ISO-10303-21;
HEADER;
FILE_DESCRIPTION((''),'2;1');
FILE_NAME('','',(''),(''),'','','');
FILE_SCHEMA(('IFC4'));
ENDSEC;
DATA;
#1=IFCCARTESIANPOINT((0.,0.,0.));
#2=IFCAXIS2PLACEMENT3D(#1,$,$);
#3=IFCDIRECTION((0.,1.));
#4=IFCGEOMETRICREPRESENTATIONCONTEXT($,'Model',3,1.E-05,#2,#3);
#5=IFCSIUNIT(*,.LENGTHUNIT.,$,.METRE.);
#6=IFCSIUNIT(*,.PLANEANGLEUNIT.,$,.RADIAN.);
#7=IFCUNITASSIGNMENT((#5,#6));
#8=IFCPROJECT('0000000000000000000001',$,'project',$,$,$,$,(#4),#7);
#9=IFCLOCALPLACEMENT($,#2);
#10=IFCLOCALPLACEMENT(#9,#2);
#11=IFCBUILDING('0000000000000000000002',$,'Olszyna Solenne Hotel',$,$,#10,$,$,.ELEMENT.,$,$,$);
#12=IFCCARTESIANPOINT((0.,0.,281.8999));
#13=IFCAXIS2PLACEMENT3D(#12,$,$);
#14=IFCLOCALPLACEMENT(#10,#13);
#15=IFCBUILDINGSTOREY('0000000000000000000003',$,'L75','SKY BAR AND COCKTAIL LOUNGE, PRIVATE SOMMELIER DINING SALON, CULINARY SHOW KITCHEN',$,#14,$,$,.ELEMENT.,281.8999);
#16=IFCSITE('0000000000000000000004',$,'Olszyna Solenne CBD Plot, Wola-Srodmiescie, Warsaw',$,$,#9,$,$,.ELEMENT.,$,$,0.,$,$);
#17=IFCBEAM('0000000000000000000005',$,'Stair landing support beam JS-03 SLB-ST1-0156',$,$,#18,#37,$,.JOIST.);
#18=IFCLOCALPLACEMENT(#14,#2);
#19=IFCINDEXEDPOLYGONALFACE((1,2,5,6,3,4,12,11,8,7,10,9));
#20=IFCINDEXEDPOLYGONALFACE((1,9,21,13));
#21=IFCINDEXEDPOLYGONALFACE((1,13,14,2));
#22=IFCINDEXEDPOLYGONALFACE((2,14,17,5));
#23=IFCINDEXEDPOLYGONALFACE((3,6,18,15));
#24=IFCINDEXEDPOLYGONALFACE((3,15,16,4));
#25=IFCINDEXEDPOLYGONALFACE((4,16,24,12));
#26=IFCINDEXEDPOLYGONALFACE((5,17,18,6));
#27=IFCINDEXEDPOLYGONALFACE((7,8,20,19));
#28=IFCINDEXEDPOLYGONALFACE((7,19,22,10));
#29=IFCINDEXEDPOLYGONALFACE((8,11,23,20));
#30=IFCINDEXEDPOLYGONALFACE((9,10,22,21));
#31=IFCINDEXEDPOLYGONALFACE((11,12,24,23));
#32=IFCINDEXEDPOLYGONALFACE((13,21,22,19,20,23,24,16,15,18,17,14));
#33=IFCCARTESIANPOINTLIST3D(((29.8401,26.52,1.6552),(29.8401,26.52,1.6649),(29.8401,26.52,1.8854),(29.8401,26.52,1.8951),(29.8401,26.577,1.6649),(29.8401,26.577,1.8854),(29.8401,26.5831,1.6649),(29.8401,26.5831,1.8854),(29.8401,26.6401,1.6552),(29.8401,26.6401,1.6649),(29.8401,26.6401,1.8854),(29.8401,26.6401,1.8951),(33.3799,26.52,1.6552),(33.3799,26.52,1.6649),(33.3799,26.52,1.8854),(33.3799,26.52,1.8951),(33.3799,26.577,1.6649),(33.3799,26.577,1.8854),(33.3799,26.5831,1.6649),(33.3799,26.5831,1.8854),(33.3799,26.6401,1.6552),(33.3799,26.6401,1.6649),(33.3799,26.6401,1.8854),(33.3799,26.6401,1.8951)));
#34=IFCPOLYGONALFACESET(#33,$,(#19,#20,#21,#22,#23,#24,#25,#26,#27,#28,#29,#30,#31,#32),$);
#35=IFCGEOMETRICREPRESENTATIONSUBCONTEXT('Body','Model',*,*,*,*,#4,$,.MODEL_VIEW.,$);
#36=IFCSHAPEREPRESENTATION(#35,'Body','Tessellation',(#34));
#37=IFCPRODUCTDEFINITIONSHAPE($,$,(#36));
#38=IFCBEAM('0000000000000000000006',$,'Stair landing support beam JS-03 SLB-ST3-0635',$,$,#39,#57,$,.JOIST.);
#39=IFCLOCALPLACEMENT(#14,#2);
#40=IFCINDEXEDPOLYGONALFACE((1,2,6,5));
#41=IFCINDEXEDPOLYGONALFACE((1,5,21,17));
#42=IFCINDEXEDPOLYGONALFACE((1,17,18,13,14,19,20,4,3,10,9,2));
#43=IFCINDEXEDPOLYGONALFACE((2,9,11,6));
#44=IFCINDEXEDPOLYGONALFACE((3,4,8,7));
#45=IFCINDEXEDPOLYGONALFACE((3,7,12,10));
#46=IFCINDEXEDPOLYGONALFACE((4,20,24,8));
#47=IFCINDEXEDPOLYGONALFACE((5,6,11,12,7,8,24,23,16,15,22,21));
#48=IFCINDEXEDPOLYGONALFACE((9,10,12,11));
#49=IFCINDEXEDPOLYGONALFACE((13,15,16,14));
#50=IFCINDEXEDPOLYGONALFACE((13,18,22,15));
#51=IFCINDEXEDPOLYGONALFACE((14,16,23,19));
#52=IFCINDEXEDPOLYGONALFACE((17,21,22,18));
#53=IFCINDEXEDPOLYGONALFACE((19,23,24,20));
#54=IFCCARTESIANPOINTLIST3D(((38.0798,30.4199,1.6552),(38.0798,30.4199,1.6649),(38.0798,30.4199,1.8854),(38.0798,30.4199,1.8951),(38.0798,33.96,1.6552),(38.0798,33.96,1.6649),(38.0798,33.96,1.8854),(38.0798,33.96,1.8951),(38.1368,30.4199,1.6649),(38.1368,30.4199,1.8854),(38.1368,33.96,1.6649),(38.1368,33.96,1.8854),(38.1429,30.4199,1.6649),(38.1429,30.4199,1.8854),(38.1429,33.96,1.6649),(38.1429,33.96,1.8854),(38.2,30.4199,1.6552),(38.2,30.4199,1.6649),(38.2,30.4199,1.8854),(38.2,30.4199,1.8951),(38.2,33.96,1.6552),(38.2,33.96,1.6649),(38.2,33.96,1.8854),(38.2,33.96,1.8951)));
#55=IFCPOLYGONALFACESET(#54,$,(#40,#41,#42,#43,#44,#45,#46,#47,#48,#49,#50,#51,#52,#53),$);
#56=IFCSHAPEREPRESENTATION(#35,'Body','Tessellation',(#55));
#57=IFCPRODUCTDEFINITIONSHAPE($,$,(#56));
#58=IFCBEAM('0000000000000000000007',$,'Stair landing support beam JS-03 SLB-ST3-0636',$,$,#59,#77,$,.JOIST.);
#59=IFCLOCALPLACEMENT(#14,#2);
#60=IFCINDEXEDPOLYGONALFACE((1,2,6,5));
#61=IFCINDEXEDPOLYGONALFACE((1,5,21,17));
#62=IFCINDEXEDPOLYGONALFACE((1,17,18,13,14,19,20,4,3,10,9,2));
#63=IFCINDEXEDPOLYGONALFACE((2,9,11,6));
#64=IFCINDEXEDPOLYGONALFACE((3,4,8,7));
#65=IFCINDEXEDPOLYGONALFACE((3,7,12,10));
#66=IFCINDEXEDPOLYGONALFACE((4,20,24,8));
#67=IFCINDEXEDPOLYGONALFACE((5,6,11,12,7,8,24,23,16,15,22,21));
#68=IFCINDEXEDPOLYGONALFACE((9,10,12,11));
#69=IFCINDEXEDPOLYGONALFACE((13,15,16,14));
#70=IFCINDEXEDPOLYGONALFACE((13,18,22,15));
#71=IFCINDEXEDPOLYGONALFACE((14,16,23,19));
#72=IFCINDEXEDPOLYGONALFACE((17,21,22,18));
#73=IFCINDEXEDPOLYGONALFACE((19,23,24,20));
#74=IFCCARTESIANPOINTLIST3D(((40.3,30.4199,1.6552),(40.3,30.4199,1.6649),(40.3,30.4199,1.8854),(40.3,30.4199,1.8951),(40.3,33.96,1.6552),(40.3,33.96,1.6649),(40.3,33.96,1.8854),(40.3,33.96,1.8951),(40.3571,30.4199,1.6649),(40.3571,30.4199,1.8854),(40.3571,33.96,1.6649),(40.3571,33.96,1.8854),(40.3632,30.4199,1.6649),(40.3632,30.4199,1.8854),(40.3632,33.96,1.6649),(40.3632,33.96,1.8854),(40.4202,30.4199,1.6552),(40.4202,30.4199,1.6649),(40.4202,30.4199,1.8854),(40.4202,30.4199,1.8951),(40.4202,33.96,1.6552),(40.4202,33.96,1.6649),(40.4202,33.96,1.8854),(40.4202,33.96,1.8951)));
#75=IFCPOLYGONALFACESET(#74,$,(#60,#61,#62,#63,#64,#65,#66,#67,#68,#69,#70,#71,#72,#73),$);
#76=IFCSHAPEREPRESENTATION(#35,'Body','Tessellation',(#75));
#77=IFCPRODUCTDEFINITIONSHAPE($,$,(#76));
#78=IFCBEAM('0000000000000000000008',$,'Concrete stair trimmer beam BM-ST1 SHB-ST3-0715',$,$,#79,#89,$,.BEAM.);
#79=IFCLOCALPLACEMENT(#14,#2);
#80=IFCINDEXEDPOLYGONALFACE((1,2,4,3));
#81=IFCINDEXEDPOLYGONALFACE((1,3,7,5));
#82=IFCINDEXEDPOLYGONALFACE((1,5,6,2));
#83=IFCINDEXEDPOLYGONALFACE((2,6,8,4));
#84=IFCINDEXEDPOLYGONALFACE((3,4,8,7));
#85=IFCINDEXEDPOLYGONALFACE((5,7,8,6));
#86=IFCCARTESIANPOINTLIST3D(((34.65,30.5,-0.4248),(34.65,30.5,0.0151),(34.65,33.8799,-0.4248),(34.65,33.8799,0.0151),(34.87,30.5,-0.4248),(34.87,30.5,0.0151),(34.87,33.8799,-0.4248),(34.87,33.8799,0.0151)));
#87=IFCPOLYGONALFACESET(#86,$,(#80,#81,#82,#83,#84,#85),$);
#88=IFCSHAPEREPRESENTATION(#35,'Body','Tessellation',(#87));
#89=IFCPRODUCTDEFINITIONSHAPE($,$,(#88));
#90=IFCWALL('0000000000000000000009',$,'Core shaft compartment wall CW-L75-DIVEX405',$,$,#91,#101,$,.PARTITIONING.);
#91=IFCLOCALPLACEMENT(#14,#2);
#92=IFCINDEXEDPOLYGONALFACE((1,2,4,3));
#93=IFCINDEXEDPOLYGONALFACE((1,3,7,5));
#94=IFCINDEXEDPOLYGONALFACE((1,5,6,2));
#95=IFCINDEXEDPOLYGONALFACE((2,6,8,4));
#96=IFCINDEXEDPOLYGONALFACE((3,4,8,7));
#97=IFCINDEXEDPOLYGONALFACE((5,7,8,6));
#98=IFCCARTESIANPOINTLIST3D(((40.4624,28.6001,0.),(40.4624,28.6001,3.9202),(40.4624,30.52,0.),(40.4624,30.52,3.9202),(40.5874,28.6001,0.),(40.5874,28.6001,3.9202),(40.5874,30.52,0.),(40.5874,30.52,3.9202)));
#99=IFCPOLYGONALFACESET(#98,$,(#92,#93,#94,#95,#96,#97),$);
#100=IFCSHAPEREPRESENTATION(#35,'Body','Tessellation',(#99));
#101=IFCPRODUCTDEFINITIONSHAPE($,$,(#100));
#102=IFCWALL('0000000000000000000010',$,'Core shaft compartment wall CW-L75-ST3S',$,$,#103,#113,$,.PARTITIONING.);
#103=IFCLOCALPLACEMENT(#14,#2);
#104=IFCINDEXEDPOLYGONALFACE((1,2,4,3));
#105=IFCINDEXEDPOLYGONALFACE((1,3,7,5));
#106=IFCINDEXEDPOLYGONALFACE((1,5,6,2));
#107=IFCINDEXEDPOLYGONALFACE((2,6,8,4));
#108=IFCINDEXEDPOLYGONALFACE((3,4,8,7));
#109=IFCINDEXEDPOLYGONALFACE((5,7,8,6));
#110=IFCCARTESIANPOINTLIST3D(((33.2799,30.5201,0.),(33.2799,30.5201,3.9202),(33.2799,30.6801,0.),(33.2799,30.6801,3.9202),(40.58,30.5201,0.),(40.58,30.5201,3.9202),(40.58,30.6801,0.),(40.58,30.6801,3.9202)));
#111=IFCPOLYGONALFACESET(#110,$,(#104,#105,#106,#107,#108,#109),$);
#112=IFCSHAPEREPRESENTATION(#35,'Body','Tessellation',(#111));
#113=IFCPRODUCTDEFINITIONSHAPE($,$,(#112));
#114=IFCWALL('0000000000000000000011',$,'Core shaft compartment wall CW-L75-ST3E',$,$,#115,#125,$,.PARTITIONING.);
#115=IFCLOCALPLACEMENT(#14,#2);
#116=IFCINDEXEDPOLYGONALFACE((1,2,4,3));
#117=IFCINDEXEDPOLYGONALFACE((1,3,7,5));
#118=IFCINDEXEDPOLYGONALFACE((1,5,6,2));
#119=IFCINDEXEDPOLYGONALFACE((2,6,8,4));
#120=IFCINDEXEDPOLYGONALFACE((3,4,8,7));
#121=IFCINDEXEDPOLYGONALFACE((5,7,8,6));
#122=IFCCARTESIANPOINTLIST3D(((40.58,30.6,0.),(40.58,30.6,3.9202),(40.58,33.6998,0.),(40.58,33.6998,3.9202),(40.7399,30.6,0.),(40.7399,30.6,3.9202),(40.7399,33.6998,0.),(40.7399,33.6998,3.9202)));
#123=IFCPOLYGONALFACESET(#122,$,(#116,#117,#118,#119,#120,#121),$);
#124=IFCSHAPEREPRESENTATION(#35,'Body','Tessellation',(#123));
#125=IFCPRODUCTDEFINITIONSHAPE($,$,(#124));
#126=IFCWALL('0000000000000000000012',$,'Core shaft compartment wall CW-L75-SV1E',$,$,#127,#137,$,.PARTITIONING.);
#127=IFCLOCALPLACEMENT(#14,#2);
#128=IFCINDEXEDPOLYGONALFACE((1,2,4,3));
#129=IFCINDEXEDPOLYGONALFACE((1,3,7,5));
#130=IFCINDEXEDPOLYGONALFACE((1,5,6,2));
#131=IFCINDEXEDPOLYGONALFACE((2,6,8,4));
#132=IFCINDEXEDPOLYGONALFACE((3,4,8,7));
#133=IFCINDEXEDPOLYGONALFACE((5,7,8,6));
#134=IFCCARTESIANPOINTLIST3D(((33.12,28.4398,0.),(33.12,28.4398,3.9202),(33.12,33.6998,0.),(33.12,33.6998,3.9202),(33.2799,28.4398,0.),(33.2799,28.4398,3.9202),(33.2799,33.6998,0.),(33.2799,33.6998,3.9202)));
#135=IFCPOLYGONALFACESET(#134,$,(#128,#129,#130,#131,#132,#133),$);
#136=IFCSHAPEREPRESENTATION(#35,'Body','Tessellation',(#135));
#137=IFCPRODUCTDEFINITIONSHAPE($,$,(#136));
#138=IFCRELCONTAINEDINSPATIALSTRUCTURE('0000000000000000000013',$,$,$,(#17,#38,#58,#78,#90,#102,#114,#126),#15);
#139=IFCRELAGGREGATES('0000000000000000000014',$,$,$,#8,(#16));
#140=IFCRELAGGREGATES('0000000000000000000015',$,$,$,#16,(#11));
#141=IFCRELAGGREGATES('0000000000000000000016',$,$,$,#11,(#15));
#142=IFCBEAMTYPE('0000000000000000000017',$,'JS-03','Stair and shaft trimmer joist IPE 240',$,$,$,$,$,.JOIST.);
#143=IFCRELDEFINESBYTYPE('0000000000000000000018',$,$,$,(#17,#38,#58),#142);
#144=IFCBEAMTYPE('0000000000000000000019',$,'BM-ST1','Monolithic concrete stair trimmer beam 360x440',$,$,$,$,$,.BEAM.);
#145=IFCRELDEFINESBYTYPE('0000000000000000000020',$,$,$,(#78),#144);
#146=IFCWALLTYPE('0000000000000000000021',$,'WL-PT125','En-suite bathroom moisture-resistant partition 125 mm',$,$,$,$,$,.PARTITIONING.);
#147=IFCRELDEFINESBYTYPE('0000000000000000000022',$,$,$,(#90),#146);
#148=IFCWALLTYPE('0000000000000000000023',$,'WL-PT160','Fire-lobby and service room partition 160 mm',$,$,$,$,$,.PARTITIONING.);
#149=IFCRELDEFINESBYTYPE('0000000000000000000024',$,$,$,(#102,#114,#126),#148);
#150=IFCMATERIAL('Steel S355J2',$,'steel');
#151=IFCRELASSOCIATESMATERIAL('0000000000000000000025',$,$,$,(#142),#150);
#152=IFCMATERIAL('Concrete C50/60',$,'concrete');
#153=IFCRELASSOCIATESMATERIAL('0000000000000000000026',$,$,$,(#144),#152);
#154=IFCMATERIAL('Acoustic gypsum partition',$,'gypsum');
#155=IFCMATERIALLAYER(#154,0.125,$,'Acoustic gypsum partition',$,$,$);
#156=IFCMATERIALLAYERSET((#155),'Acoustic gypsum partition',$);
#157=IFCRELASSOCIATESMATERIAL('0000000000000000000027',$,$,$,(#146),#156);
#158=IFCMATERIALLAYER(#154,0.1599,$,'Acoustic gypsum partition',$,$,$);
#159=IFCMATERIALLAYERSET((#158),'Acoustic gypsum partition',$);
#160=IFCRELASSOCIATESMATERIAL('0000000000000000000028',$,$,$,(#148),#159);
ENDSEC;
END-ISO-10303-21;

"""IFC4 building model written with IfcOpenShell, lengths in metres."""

from ifc_helpers import new_model, si_unit, direction, frame, frame_2d, origin, origin_2d, place, context, subcontext, project, spatial, rectangle, i_section, extrude, source, transform, mapped, material, layer, layer_set, material_profile, profile_set, type_object, element, save


model = new_model("IFC4")

# Units and contexts
model_context = context("Model", 3, precision=1e-05, world=origin(), true_north=direction((0.0, 1.0)))
body_context = subcontext(model_context, "Body", "Model", "MODEL_VIEW")
ifc_project = project(units=[si_unit("LENGTHUNIT", "METRE"), si_unit("PLANEANGLEUNIT", "RADIAN")], contexts=[model_context])

# Site, building, storey
site_placement = place(None, origin())
site = spatial("IfcSite", under=ifc_project, at=site_placement, Name="Olszyna Solenne CBD Plot, Wola-Srodmiescie, Warsaw", CompositionType="ELEMENT", RefElevation=0.0)
building_placement = place(site_placement, origin())
building = spatial("IfcBuilding", under=site, at=building_placement, Name="Olszyna Solenne Hotel", CompositionType="ELEMENT")
storey_placement = place(building_placement, frame((0.0, 0.0, 281.8999)))
storey = spatial("IfcBuildingStorey", under=building, at=storey_placement, Name="L75", Description="SKY BAR AND COCKTAIL LOUNGE, PRIVATE SOMMELIER DINING SALON, CULINARY SHOW KITCHEN", CompositionType="ELEMENT", Elevation=281.8999)

# Beams
ifc_material_1 = material(Name="Steel S355J2", Category="steel")
ifc_material_profile_1 = material_profile(ifc_material_1, i_section(OverallWidth=0.1201, OverallDepth=0.24, WebThickness=0.0061, FlangeThickness=0.0098, at=origin_2d()), Name="IPE 240", Category="load-bearing")
ifc_profile_set_1 = profile_set([ifc_material_profile_1], Name="Steel S355J2")
beam_type_1 = type_object("IfcBeamType", Name="JS-03", Description="Stair and shaft trimmer joist IPE 240", PredefinedType="JOIST", material=ifc_profile_set_1)
shared_shape_1 = source(origin(), body_context, "Body", "SweptSolid", [
    extrude(i_section(OverallWidth=0.1201, OverallDepth=0.24, WebThickness=0.0061, FlangeThickness=0.0098, at=origin_2d()), origin(), (0.0, 0.0, 1.0), 3.5398),
])
beam_1_placement = place(storey_placement, frame((33.3799, 26.5801, 1.7751), z_axis=(-1.0, 0.0, 0.0), x_axis=(0.0, -1.0, 0.0)))
element("IfcBeam", 1, at=beam_1_placement, inside=storey, type_object=beam_type_1, Name="Stair landing support beam JS-03 SLB-ST1-0156", PredefinedType="JOIST", context=body_context, shape_type="MappedRepresentation", body=[
    mapped(shared_shape_1, transform((0.0, 0.0, 0.0), x_axis=(1.0, 0.0, 0.0), y_axis=(0.0, 1.0, 0.0), z_axis=(0.0, 0.0, 1.0), scale=1.0)),
])
shared_shape_2 = source(origin(), body_context, "Body", "SweptSolid", [
    extrude(i_section(OverallWidth=0.1201, OverallDepth=0.24, WebThickness=0.0061, FlangeThickness=0.0098, at=origin_2d()), origin(), (0.0, 0.0, 1.0), 3.54),
])
for number, where, z_axis, x_axis, name in (
    (2, (38.1399, 30.4199, 1.7751), (0.0, 1.0, 0.0), (-1.0, 0.0, 0.0), "Stair landing support beam JS-03 SLB-ST3-0635"),
    (3, (40.3601, 30.4199, 1.7751), (0.0, 1.0, 0.0), (-1.0, 0.0, 0.0), "Stair landing support beam JS-03 SLB-ST3-0636"),
):
    element("IfcBeam", number, at=place(storey_placement, frame(where, z_axis=z_axis, x_axis=x_axis)), inside=storey, type_object=beam_type_1, Name=name, PredefinedType="JOIST", context=body_context, shape_type="MappedRepresentation", body=[
        mapped(shared_shape_2, transform((0.0, 0.0, 0.0), x_axis=(1.0, 0.0, 0.0), y_axis=(0.0, 1.0, 0.0), z_axis=(0.0, 0.0, 1.0), scale=1.0)),
    ])
ifc_material_2 = material(Name="Concrete C50/60", Category="concrete")
ifc_material_profile_2 = material_profile(ifc_material_2, rectangle(XDim=0.22, YDim=0.4399, at=origin_2d()), Name="RC 220x440", Category="load-bearing")
ifc_profile_set_2 = profile_set([ifc_material_profile_2], Name="Concrete C50/60")
beam_type_2 = type_object("IfcBeamType", Name="BM-ST1", Description="Monolithic concrete stair trimmer beam 360x440", PredefinedType="BEAM", material=ifc_profile_set_2)
shared_shape_3 = source(origin(), body_context, "Body", "SweptSolid", [
    extrude(rectangle(XDim=0.22, YDim=0.4399, at=origin_2d()), origin(), (0.0, 0.0, 1.0), 3.3799),
])
beam_2_placement = place(storey_placement, frame((34.76, 30.5, -0.2048), z_axis=(0.0, 1.0, 0.0), x_axis=(-1.0, 0.0, 0.0)))
element("IfcBeam", 4, at=beam_2_placement, inside=storey, type_object=beam_type_2, Name="Concrete stair trimmer beam BM-ST1 SHB-ST3-0715", PredefinedType="BEAM", context=body_context, shape_type="MappedRepresentation", body=[
    mapped(shared_shape_3, transform((0.0, 0.0, 0.0), x_axis=(1.0, 0.0, 0.0), y_axis=(0.0, 1.0, 0.0), z_axis=(0.0, 0.0, 1.0), scale=1.0)),
])

# Walls
ifc_material_3 = material(Name="Acoustic gypsum partition", Category="gypsum")
ifc_layer_1 = layer(ifc_material_3, 0.125, Name="Acoustic gypsum partition")
ifc_layer_set_1 = layer_set([ifc_layer_1], Name="Acoustic gypsum partition")
wall_type_1 = type_object("IfcWallType", Name="WL-PT125", Description="En-suite bathroom moisture-resistant partition 125 mm", PredefinedType="PARTITIONING", material=ifc_layer_set_1)
wall_1_placement = place(storey_placement, frame((40.5249, 28.6001, 0.0), z_axis=(0.0, 0.0, 1.0), x_axis=(0.0, 1.0, 0.0)))
element("IfcWall", 5, at=wall_1_placement, inside=storey, type_object=wall_type_1, Name="Core shaft compartment wall CW-L75-DIVEX405", PredefinedType="PARTITIONING", context=body_context, shape_type="SweptSolid", body=[
    extrude(rectangle(XDim=1.9199, YDim=0.125, at=frame_2d((0.96, 0.0))), origin(), (0.0, 0.0, 1.0), 3.9202),
])
ifc_layer_2 = layer(ifc_material_3, 0.1599, Name="Acoustic gypsum partition")
ifc_layer_set_2 = layer_set([ifc_layer_2], Name="Acoustic gypsum partition")
wall_type_2 = type_object("IfcWallType", Name="WL-PT160", Description="Fire-lobby and service room partition 160 mm", PredefinedType="PARTITIONING", material=ifc_layer_set_2)
wall_2_placement = place(storey_placement, frame((33.28, 30.6001, 0.0), z_axis=(0.0, 0.0, 1.0), x_axis=(1.0, 0.0, 0.0)))
element("IfcWall", 6, at=wall_2_placement, inside=storey, type_object=wall_type_2, Name="Core shaft compartment wall CW-L75-ST3S", PredefinedType="PARTITIONING", context=body_context, shape_type="SweptSolid", body=[
    extrude(rectangle(XDim=7.3, YDim=0.1599, at=frame_2d((3.6499, 0.0))), origin(), (0.0, 0.0, 1.0), 3.9202),
])
wall_3_placement = place(storey_placement, frame((40.6599, 30.6001, 0.0), z_axis=(0.0, 0.0, 1.0), x_axis=(0.0, 1.0, 0.0)))
element("IfcWall", 7, at=wall_3_placement, inside=storey, type_object=wall_type_2, Name="Core shaft compartment wall CW-L75-ST3E", PredefinedType="PARTITIONING", context=body_context, shape_type="SweptSolid", body=[
    extrude(rectangle(XDim=3.0999, YDim=0.1599, at=frame_2d((1.5498, 0.0))), origin(), (0.0, 0.0, 1.0), 3.9202),
])
wall_4_placement = place(storey_placement, frame((33.2, 28.4399, 0.0), z_axis=(0.0, 0.0, 1.0), x_axis=(0.0, 1.0, 0.0)))
element("IfcWall", 8, at=wall_4_placement, inside=storey, type_object=wall_type_2, Name="Core shaft compartment wall CW-L75-SV1E", PredefinedType="PARTITIONING", context=body_context, shape_type="SweptSolid", body=[
    extrude(rectangle(XDim=5.26, YDim=0.1599, at=frame_2d((2.6299, 0.0))), origin(), (0.0, 0.0, 1.0), 3.9202),
])

save(model, "model.ifc")
